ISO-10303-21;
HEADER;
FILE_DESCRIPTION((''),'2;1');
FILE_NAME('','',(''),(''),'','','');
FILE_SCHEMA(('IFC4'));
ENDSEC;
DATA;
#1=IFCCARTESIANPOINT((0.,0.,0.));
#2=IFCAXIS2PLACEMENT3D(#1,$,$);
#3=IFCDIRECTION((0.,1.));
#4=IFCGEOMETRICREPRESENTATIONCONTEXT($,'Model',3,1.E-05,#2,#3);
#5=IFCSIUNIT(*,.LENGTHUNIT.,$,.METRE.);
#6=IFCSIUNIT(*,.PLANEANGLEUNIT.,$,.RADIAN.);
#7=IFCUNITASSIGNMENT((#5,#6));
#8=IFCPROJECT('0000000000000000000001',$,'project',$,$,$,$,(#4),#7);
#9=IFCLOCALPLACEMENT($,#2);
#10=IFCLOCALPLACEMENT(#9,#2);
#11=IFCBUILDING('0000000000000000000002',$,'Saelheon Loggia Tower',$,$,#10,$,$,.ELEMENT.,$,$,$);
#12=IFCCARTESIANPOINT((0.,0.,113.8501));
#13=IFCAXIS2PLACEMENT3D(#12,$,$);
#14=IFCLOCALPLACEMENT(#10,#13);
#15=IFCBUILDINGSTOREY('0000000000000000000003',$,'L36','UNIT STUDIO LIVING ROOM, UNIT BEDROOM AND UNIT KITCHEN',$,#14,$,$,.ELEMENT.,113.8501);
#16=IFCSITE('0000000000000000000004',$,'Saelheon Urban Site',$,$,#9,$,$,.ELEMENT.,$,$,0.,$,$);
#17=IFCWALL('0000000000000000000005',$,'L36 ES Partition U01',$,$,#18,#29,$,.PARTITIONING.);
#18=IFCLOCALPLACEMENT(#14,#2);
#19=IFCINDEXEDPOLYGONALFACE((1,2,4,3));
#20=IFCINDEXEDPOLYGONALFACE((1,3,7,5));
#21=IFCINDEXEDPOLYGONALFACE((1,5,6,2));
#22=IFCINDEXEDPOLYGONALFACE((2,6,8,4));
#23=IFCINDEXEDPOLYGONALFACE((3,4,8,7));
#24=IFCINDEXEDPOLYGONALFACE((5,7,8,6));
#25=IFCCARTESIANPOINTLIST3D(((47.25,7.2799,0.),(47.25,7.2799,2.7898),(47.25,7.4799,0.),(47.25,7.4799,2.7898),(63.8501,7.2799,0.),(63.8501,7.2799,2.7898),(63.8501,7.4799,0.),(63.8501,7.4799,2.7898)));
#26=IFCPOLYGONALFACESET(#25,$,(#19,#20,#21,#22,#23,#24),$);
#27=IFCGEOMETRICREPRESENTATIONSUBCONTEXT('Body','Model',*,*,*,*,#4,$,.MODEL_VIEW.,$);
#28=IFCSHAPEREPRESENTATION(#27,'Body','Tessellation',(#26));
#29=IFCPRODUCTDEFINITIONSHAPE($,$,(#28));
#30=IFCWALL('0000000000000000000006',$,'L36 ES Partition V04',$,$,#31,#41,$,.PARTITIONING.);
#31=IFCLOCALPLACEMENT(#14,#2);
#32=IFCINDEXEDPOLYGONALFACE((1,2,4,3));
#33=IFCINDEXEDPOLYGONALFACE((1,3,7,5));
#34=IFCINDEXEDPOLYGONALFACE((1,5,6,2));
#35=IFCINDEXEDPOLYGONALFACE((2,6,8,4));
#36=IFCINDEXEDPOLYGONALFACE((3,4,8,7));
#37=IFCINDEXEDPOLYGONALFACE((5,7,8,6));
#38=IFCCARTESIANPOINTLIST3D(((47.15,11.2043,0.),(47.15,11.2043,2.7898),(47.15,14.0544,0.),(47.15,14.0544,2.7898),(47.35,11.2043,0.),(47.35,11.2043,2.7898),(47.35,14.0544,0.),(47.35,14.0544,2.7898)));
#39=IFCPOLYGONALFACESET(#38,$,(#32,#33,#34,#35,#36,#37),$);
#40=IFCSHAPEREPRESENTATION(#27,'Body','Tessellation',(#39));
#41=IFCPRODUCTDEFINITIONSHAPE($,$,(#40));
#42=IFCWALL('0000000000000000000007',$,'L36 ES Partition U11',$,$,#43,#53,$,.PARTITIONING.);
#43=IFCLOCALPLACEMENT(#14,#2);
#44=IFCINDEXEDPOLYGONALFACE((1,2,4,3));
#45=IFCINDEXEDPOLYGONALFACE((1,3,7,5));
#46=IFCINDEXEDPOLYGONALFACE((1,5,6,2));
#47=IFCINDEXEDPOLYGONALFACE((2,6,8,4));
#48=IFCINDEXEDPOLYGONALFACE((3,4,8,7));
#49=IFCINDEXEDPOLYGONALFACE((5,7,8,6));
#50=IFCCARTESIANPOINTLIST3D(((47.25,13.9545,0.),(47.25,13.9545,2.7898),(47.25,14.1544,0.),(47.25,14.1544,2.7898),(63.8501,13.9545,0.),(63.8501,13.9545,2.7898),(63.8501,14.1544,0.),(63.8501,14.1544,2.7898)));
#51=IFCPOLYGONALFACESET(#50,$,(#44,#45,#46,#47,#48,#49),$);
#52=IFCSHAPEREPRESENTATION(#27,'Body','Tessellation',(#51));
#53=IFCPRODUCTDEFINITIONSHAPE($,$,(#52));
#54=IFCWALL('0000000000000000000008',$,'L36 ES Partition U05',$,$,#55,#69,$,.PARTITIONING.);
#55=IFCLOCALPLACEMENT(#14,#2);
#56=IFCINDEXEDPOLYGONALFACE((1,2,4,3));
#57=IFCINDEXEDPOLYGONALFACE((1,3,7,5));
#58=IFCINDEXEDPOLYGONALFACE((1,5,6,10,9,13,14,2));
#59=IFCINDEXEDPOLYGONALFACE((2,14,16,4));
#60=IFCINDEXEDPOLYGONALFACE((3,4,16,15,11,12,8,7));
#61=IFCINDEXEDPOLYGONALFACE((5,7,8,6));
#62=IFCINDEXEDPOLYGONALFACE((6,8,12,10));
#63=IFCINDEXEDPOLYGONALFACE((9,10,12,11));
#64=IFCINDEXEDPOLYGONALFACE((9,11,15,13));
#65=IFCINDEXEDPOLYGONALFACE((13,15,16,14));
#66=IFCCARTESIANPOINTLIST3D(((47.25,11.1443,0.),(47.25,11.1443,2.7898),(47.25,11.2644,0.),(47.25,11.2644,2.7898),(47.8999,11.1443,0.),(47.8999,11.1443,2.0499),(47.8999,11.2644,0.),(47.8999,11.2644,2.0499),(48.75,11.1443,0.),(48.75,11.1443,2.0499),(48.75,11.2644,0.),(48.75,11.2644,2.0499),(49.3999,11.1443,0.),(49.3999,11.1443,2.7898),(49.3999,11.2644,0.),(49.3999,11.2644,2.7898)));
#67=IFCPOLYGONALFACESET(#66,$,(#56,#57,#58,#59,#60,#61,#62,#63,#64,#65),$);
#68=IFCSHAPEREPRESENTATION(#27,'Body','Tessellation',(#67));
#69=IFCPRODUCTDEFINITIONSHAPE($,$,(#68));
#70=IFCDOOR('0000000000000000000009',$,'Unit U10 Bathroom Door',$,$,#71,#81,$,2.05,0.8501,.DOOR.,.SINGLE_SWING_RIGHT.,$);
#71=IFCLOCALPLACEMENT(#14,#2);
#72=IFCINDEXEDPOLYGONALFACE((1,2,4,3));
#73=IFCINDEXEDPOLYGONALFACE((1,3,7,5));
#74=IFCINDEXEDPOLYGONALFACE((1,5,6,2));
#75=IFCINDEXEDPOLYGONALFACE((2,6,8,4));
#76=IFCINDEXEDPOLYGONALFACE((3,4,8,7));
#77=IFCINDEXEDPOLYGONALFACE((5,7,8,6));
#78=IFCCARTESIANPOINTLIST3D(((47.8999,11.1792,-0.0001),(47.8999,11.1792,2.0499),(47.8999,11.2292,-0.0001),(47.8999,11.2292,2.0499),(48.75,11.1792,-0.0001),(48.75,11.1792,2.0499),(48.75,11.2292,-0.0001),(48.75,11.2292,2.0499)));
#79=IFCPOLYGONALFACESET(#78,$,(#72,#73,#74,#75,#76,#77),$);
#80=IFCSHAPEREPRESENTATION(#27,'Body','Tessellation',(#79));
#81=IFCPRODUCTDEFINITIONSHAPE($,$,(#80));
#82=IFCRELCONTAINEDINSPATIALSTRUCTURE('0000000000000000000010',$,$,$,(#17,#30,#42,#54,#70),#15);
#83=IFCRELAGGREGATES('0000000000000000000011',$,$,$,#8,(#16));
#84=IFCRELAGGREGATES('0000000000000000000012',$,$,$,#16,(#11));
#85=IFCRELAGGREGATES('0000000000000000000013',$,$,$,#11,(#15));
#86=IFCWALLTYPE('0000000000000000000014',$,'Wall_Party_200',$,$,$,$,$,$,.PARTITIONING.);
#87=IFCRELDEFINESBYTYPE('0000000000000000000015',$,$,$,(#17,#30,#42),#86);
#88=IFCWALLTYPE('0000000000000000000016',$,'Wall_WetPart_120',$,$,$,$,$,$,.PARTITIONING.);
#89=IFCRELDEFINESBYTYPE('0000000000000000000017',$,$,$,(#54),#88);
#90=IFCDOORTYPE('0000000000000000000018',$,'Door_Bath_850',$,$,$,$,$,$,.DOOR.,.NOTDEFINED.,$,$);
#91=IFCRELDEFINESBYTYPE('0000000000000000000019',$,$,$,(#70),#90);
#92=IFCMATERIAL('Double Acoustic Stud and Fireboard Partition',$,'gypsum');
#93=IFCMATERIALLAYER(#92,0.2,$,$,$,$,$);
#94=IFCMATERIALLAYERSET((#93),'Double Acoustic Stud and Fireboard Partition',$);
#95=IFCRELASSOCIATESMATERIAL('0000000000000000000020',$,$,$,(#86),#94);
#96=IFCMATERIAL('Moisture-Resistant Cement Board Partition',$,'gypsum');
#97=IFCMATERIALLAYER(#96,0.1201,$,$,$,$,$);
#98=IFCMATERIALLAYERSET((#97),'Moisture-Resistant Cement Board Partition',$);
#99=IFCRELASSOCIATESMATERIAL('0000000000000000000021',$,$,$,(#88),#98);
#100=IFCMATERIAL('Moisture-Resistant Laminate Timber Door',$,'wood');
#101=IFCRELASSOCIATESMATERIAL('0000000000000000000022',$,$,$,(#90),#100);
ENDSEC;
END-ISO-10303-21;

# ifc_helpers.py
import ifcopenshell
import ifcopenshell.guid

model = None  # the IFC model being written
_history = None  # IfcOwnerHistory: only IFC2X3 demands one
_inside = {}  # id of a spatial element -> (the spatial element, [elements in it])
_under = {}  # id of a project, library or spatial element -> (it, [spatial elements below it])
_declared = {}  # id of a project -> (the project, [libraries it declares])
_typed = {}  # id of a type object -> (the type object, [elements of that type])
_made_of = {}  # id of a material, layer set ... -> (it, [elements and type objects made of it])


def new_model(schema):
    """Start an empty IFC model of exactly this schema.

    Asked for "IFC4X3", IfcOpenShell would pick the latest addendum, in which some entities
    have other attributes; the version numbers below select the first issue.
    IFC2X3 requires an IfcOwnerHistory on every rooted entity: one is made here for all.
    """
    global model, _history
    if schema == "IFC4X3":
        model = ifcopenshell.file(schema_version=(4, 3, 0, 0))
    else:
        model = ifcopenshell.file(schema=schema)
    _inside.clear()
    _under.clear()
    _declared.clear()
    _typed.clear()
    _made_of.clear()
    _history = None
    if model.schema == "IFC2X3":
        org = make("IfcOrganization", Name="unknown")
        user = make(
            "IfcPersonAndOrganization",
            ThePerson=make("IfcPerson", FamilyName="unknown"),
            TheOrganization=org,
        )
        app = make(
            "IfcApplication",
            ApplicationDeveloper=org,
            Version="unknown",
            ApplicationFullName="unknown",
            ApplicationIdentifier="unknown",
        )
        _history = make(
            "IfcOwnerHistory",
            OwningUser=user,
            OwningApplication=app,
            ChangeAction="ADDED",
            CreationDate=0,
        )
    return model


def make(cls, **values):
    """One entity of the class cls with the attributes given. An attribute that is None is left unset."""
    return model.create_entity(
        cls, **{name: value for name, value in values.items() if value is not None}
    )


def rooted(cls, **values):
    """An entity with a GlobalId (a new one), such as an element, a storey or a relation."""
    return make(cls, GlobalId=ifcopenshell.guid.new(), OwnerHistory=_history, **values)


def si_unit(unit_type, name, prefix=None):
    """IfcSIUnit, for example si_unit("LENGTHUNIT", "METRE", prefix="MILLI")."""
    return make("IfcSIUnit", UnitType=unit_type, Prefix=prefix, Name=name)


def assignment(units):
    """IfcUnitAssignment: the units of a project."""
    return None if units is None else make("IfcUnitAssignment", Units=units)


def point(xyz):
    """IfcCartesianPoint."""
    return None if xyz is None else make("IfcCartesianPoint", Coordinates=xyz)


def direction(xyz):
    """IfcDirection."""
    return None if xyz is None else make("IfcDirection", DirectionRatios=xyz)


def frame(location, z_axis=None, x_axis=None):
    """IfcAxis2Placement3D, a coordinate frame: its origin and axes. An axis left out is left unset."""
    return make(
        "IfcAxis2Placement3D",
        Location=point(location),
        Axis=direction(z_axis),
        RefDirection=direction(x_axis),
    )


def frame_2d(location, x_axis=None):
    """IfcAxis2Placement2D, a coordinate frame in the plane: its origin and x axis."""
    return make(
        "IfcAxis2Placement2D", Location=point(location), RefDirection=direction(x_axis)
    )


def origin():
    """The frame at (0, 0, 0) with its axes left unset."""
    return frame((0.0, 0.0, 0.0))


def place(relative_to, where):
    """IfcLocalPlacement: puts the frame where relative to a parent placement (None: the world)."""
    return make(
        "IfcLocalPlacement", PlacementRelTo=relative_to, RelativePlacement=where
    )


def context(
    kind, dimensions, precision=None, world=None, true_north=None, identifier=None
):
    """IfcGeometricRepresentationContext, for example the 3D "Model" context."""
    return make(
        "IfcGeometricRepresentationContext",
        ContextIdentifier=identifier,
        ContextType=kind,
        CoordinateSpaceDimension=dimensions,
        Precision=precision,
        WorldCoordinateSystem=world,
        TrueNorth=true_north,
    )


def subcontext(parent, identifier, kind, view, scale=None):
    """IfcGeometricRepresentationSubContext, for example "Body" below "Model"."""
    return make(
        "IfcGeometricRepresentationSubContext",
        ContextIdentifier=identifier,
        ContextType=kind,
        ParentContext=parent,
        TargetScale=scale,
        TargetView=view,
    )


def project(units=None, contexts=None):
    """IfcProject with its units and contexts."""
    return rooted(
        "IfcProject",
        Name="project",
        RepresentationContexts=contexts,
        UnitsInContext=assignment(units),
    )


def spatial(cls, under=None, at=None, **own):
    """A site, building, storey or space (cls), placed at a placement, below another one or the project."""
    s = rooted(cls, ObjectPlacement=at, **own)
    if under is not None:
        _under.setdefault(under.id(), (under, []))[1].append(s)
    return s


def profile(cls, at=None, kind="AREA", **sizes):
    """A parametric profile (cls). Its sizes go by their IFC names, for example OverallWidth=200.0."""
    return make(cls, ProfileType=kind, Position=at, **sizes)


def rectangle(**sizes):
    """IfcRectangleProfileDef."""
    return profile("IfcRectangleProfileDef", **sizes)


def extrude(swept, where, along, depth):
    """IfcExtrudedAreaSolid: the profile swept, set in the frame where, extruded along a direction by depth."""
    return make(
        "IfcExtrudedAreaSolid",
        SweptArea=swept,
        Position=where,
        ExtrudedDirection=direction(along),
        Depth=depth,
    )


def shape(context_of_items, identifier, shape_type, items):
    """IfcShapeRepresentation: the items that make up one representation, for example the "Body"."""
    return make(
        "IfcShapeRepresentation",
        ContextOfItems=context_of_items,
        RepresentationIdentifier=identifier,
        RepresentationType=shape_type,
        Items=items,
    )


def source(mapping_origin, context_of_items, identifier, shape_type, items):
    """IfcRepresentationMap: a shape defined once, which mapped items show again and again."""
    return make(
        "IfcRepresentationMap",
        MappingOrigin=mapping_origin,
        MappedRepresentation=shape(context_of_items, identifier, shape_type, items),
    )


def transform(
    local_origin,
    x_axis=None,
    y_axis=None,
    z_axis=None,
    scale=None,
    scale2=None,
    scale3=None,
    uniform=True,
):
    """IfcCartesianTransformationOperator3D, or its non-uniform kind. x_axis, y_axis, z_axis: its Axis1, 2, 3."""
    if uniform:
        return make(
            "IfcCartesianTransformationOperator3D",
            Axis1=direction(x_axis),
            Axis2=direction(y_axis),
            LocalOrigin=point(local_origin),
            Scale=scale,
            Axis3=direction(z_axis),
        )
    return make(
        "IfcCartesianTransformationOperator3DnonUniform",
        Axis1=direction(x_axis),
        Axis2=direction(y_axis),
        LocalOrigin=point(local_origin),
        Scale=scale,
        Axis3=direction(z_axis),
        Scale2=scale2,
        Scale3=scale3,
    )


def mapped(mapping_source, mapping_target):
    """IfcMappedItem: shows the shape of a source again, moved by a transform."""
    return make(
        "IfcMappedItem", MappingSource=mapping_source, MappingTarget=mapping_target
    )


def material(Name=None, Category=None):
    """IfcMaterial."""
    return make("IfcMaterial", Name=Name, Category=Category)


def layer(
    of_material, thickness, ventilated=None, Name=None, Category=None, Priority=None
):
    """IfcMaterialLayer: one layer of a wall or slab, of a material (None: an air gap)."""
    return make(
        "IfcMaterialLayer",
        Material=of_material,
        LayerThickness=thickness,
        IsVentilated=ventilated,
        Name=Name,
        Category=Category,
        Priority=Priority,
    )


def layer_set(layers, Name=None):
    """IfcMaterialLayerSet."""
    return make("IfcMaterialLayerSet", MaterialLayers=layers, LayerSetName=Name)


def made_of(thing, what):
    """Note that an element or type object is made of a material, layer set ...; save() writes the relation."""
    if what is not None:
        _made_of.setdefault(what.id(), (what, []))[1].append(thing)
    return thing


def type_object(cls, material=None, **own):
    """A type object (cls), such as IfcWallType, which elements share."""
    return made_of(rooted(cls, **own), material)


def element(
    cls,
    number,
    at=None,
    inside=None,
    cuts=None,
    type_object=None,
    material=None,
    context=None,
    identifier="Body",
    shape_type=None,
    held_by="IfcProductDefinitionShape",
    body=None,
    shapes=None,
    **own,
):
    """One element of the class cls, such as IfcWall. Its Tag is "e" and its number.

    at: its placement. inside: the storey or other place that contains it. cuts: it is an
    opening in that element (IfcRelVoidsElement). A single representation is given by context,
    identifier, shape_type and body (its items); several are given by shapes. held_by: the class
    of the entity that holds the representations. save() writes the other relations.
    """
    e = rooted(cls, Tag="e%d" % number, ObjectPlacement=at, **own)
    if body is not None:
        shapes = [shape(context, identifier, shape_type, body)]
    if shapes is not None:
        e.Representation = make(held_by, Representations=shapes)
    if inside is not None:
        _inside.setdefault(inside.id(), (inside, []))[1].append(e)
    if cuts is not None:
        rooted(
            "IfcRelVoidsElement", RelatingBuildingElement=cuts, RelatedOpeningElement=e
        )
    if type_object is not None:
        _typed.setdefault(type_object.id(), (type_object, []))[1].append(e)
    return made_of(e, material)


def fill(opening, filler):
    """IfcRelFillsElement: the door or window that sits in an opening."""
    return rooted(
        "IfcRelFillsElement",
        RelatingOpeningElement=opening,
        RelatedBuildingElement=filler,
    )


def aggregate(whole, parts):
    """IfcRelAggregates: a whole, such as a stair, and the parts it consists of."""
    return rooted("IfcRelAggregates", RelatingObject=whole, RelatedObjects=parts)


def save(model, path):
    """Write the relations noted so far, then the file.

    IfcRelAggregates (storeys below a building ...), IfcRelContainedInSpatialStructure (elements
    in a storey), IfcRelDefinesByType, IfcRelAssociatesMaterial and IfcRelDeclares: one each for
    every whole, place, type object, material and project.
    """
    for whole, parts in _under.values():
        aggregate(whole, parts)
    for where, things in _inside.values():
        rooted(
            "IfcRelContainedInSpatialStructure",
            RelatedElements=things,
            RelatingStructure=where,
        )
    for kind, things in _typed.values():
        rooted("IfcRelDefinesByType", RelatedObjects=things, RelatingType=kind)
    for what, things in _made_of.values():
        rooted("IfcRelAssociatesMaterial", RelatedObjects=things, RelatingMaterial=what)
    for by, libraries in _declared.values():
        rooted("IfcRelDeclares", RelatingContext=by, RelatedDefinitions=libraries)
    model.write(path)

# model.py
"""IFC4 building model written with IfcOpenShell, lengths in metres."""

from ifc_helpers import new_model, si_unit, direction, frame, frame_2d, origin, place, context, subcontext, project, spatial, rectangle, extrude, source, transform, mapped, material, layer, layer_set, type_object, element, fill, save


model = new_model("IFC4")

# Units and contexts
model_context = context("Model", 3, precision=1e-05, world=origin(), true_north=direction((0.0, 1.0)))
body_context = subcontext(model_context, "Body", "Model", "MODEL_VIEW")
ifc_project = project(units=[si_unit("LENGTHUNIT", "METRE"), si_unit("PLANEANGLEUNIT", "RADIAN")], contexts=[model_context])

# Site, building, storey
site_placement = place(None, origin())
site = spatial("IfcSite", under=ifc_project, at=site_placement, Name="Saelheon Urban Site", CompositionType="ELEMENT", RefElevation=0.0)
building_placement = place(site_placement, origin())
building = spatial("IfcBuilding", under=site, at=building_placement, Name="Saelheon Loggia Tower", CompositionType="ELEMENT")
storey_placement = place(building_placement, frame((0.0, 0.0, 113.8501)))
storey = spatial("IfcBuildingStorey", under=building, at=storey_placement, Name="L36", Description="UNIT STUDIO LIVING ROOM, UNIT BEDROOM AND UNIT KITCHEN", CompositionType="ELEMENT", Elevation=113.8501)

# Wall
ifc_material_1 = material(Name="Double Acoustic Stud and Fireboard Partition", Category="gypsum")
ifc_layer_1 = layer(ifc_material_1, 0.2)
ifc_layer_set_1 = layer_set([ifc_layer_1], Name="Double Acoustic Stud and Fireboard Partition")
wall_type_1 = type_object("IfcWallType", Name="Wall_Party_200", PredefinedType="PARTITIONING", material=ifc_layer_set_1)
wall_1_placement = place(storey_placement, frame((47.25, 7.3799, 0.0), z_axis=(0.0, 0.0, 1.0), x_axis=(1.0, 0.0, 0.0)))
element("IfcWall", 1, at=wall_1_placement, inside=storey, type_object=wall_type_1, Name="L36 ES Partition U01", PredefinedType="PARTITIONING", context=body_context, shape_type="SweptSolid", body=[
    extrude(rectangle(XDim=16.6001, YDim=0.2, at=frame_2d((8.3, 0.0))), origin(), (0.0, 0.0, 1.0), 2.7898),
])

# Walls
wall_2_placement = place(storey_placement, frame((47.25, 11.2043, 0.0), z_axis=(0.0, 0.0, 1.0), x_axis=(0.0, 1.0, 0.0)))
element("IfcWall", 2, at=wall_2_placement, inside=storey, type_object=wall_type_1, Name="L36 ES Partition V04", PredefinedType="PARTITIONING", context=body_context, shape_type="SweptSolid", body=[
    extrude(rectangle(XDim=2.8501, YDim=0.2, at=frame_2d((1.425, 0.0))), origin(), (0.0, 0.0, 1.0), 2.7898),
])
wall_3_placement = place(storey_placement, frame((47.25, 14.0544, 0.0), z_axis=(0.0, 0.0, 1.0), x_axis=(1.0, 0.0, 0.0)))
element("IfcWall", 3, at=wall_3_placement, inside=storey, type_object=wall_type_1, Name="L36 ES Partition U11", PredefinedType="PARTITIONING", context=body_context, shape_type="SweptSolid", body=[
    extrude(rectangle(XDim=16.6001, YDim=0.2, at=frame_2d((8.3, 0.0))), origin(), (0.0, 0.0, 1.0), 2.7898),
])

# Wall, opening, door
ifc_material_2 = material(Name="Moisture-Resistant Cement Board Partition", Category="gypsum")
ifc_layer_2 = layer(ifc_material_2, 0.1201)
ifc_layer_set_2 = layer_set([ifc_layer_2], Name="Moisture-Resistant Cement Board Partition")
wall_type_2 = type_object("IfcWallType", Name="Wall_WetPart_120", PredefinedType="PARTITIONING", material=ifc_layer_set_2)
wall_4_placement = place(storey_placement, frame((47.25, 11.2043, 0.0), z_axis=(0.0, 0.0, 1.0), x_axis=(1.0, 0.0, 0.0)))
wall_4 = element("IfcWall", 4, at=wall_4_placement, inside=storey, type_object=wall_type_2, Name="L36 ES Partition U05", PredefinedType="PARTITIONING", context=body_context, shape_type="SweptSolid", body=[
    extrude(rectangle(XDim=2.1499, YDim=0.1201, at=frame_2d((1.075, 0.0))), origin(), (0.0, 0.0, 1.0), 2.7898),
])
opening_1_placement = place(wall_4_placement, frame((0.6499, 0.0, 0.0)))
opening_1 = element("IfcOpeningElement", 5, at=opening_1_placement, cuts=wall_4, PredefinedType="OPENING", context=body_context, shape_type="SweptSolid", body=[
    extrude(rectangle(XDim=0.8501, YDim=2.05, at=frame_2d((0.425, 1.0249))), frame((0.0, 0.072, 0.0), z_axis=(0.0, -1.0, 0.0), x_axis=(1.0, 0.0, 0.0)), (0.0, 0.0, 1.0), 0.144),
])
ifc_material_3 = material(Name="Moisture-Resistant Laminate Timber Door", Category="wood")
door_type_1 = type_object("IfcDoorType", Name="Door_Bath_850", OperationType="NOTDEFINED", PredefinedType="DOOR", material=ifc_material_3)
shared_shape_1 = source(origin(), body_context, "Body", "SweptSolid", [
    extrude(rectangle(XDim=0.8501, YDim=2.05, at=frame_2d((0.425, 1.0249))), frame((0.0, 0.0249, 0.0), z_axis=(0.0, -1.0, 0.0), x_axis=(1.0, 0.0, 0.0)), (0.0, 0.0, 1.0), 0.05),
])
door_1_placement = place(opening_1_placement, origin())
door_1 = element("IfcDoor", 6, at=door_1_placement, inside=storey, type_object=door_type_1, Name="Unit U10 Bathroom Door", OperationType="SINGLE_SWING_RIGHT", OverallHeight=2.05, OverallWidth=0.8501, PredefinedType="DOOR", context=body_context, shape_type="MappedRepresentation", body=[
    mapped(shared_shape_1, transform((0.0, 0.0, 0.0), scale=1.0)),
])
fill(opening_1, door_1)

save(model, "model.ifc")
